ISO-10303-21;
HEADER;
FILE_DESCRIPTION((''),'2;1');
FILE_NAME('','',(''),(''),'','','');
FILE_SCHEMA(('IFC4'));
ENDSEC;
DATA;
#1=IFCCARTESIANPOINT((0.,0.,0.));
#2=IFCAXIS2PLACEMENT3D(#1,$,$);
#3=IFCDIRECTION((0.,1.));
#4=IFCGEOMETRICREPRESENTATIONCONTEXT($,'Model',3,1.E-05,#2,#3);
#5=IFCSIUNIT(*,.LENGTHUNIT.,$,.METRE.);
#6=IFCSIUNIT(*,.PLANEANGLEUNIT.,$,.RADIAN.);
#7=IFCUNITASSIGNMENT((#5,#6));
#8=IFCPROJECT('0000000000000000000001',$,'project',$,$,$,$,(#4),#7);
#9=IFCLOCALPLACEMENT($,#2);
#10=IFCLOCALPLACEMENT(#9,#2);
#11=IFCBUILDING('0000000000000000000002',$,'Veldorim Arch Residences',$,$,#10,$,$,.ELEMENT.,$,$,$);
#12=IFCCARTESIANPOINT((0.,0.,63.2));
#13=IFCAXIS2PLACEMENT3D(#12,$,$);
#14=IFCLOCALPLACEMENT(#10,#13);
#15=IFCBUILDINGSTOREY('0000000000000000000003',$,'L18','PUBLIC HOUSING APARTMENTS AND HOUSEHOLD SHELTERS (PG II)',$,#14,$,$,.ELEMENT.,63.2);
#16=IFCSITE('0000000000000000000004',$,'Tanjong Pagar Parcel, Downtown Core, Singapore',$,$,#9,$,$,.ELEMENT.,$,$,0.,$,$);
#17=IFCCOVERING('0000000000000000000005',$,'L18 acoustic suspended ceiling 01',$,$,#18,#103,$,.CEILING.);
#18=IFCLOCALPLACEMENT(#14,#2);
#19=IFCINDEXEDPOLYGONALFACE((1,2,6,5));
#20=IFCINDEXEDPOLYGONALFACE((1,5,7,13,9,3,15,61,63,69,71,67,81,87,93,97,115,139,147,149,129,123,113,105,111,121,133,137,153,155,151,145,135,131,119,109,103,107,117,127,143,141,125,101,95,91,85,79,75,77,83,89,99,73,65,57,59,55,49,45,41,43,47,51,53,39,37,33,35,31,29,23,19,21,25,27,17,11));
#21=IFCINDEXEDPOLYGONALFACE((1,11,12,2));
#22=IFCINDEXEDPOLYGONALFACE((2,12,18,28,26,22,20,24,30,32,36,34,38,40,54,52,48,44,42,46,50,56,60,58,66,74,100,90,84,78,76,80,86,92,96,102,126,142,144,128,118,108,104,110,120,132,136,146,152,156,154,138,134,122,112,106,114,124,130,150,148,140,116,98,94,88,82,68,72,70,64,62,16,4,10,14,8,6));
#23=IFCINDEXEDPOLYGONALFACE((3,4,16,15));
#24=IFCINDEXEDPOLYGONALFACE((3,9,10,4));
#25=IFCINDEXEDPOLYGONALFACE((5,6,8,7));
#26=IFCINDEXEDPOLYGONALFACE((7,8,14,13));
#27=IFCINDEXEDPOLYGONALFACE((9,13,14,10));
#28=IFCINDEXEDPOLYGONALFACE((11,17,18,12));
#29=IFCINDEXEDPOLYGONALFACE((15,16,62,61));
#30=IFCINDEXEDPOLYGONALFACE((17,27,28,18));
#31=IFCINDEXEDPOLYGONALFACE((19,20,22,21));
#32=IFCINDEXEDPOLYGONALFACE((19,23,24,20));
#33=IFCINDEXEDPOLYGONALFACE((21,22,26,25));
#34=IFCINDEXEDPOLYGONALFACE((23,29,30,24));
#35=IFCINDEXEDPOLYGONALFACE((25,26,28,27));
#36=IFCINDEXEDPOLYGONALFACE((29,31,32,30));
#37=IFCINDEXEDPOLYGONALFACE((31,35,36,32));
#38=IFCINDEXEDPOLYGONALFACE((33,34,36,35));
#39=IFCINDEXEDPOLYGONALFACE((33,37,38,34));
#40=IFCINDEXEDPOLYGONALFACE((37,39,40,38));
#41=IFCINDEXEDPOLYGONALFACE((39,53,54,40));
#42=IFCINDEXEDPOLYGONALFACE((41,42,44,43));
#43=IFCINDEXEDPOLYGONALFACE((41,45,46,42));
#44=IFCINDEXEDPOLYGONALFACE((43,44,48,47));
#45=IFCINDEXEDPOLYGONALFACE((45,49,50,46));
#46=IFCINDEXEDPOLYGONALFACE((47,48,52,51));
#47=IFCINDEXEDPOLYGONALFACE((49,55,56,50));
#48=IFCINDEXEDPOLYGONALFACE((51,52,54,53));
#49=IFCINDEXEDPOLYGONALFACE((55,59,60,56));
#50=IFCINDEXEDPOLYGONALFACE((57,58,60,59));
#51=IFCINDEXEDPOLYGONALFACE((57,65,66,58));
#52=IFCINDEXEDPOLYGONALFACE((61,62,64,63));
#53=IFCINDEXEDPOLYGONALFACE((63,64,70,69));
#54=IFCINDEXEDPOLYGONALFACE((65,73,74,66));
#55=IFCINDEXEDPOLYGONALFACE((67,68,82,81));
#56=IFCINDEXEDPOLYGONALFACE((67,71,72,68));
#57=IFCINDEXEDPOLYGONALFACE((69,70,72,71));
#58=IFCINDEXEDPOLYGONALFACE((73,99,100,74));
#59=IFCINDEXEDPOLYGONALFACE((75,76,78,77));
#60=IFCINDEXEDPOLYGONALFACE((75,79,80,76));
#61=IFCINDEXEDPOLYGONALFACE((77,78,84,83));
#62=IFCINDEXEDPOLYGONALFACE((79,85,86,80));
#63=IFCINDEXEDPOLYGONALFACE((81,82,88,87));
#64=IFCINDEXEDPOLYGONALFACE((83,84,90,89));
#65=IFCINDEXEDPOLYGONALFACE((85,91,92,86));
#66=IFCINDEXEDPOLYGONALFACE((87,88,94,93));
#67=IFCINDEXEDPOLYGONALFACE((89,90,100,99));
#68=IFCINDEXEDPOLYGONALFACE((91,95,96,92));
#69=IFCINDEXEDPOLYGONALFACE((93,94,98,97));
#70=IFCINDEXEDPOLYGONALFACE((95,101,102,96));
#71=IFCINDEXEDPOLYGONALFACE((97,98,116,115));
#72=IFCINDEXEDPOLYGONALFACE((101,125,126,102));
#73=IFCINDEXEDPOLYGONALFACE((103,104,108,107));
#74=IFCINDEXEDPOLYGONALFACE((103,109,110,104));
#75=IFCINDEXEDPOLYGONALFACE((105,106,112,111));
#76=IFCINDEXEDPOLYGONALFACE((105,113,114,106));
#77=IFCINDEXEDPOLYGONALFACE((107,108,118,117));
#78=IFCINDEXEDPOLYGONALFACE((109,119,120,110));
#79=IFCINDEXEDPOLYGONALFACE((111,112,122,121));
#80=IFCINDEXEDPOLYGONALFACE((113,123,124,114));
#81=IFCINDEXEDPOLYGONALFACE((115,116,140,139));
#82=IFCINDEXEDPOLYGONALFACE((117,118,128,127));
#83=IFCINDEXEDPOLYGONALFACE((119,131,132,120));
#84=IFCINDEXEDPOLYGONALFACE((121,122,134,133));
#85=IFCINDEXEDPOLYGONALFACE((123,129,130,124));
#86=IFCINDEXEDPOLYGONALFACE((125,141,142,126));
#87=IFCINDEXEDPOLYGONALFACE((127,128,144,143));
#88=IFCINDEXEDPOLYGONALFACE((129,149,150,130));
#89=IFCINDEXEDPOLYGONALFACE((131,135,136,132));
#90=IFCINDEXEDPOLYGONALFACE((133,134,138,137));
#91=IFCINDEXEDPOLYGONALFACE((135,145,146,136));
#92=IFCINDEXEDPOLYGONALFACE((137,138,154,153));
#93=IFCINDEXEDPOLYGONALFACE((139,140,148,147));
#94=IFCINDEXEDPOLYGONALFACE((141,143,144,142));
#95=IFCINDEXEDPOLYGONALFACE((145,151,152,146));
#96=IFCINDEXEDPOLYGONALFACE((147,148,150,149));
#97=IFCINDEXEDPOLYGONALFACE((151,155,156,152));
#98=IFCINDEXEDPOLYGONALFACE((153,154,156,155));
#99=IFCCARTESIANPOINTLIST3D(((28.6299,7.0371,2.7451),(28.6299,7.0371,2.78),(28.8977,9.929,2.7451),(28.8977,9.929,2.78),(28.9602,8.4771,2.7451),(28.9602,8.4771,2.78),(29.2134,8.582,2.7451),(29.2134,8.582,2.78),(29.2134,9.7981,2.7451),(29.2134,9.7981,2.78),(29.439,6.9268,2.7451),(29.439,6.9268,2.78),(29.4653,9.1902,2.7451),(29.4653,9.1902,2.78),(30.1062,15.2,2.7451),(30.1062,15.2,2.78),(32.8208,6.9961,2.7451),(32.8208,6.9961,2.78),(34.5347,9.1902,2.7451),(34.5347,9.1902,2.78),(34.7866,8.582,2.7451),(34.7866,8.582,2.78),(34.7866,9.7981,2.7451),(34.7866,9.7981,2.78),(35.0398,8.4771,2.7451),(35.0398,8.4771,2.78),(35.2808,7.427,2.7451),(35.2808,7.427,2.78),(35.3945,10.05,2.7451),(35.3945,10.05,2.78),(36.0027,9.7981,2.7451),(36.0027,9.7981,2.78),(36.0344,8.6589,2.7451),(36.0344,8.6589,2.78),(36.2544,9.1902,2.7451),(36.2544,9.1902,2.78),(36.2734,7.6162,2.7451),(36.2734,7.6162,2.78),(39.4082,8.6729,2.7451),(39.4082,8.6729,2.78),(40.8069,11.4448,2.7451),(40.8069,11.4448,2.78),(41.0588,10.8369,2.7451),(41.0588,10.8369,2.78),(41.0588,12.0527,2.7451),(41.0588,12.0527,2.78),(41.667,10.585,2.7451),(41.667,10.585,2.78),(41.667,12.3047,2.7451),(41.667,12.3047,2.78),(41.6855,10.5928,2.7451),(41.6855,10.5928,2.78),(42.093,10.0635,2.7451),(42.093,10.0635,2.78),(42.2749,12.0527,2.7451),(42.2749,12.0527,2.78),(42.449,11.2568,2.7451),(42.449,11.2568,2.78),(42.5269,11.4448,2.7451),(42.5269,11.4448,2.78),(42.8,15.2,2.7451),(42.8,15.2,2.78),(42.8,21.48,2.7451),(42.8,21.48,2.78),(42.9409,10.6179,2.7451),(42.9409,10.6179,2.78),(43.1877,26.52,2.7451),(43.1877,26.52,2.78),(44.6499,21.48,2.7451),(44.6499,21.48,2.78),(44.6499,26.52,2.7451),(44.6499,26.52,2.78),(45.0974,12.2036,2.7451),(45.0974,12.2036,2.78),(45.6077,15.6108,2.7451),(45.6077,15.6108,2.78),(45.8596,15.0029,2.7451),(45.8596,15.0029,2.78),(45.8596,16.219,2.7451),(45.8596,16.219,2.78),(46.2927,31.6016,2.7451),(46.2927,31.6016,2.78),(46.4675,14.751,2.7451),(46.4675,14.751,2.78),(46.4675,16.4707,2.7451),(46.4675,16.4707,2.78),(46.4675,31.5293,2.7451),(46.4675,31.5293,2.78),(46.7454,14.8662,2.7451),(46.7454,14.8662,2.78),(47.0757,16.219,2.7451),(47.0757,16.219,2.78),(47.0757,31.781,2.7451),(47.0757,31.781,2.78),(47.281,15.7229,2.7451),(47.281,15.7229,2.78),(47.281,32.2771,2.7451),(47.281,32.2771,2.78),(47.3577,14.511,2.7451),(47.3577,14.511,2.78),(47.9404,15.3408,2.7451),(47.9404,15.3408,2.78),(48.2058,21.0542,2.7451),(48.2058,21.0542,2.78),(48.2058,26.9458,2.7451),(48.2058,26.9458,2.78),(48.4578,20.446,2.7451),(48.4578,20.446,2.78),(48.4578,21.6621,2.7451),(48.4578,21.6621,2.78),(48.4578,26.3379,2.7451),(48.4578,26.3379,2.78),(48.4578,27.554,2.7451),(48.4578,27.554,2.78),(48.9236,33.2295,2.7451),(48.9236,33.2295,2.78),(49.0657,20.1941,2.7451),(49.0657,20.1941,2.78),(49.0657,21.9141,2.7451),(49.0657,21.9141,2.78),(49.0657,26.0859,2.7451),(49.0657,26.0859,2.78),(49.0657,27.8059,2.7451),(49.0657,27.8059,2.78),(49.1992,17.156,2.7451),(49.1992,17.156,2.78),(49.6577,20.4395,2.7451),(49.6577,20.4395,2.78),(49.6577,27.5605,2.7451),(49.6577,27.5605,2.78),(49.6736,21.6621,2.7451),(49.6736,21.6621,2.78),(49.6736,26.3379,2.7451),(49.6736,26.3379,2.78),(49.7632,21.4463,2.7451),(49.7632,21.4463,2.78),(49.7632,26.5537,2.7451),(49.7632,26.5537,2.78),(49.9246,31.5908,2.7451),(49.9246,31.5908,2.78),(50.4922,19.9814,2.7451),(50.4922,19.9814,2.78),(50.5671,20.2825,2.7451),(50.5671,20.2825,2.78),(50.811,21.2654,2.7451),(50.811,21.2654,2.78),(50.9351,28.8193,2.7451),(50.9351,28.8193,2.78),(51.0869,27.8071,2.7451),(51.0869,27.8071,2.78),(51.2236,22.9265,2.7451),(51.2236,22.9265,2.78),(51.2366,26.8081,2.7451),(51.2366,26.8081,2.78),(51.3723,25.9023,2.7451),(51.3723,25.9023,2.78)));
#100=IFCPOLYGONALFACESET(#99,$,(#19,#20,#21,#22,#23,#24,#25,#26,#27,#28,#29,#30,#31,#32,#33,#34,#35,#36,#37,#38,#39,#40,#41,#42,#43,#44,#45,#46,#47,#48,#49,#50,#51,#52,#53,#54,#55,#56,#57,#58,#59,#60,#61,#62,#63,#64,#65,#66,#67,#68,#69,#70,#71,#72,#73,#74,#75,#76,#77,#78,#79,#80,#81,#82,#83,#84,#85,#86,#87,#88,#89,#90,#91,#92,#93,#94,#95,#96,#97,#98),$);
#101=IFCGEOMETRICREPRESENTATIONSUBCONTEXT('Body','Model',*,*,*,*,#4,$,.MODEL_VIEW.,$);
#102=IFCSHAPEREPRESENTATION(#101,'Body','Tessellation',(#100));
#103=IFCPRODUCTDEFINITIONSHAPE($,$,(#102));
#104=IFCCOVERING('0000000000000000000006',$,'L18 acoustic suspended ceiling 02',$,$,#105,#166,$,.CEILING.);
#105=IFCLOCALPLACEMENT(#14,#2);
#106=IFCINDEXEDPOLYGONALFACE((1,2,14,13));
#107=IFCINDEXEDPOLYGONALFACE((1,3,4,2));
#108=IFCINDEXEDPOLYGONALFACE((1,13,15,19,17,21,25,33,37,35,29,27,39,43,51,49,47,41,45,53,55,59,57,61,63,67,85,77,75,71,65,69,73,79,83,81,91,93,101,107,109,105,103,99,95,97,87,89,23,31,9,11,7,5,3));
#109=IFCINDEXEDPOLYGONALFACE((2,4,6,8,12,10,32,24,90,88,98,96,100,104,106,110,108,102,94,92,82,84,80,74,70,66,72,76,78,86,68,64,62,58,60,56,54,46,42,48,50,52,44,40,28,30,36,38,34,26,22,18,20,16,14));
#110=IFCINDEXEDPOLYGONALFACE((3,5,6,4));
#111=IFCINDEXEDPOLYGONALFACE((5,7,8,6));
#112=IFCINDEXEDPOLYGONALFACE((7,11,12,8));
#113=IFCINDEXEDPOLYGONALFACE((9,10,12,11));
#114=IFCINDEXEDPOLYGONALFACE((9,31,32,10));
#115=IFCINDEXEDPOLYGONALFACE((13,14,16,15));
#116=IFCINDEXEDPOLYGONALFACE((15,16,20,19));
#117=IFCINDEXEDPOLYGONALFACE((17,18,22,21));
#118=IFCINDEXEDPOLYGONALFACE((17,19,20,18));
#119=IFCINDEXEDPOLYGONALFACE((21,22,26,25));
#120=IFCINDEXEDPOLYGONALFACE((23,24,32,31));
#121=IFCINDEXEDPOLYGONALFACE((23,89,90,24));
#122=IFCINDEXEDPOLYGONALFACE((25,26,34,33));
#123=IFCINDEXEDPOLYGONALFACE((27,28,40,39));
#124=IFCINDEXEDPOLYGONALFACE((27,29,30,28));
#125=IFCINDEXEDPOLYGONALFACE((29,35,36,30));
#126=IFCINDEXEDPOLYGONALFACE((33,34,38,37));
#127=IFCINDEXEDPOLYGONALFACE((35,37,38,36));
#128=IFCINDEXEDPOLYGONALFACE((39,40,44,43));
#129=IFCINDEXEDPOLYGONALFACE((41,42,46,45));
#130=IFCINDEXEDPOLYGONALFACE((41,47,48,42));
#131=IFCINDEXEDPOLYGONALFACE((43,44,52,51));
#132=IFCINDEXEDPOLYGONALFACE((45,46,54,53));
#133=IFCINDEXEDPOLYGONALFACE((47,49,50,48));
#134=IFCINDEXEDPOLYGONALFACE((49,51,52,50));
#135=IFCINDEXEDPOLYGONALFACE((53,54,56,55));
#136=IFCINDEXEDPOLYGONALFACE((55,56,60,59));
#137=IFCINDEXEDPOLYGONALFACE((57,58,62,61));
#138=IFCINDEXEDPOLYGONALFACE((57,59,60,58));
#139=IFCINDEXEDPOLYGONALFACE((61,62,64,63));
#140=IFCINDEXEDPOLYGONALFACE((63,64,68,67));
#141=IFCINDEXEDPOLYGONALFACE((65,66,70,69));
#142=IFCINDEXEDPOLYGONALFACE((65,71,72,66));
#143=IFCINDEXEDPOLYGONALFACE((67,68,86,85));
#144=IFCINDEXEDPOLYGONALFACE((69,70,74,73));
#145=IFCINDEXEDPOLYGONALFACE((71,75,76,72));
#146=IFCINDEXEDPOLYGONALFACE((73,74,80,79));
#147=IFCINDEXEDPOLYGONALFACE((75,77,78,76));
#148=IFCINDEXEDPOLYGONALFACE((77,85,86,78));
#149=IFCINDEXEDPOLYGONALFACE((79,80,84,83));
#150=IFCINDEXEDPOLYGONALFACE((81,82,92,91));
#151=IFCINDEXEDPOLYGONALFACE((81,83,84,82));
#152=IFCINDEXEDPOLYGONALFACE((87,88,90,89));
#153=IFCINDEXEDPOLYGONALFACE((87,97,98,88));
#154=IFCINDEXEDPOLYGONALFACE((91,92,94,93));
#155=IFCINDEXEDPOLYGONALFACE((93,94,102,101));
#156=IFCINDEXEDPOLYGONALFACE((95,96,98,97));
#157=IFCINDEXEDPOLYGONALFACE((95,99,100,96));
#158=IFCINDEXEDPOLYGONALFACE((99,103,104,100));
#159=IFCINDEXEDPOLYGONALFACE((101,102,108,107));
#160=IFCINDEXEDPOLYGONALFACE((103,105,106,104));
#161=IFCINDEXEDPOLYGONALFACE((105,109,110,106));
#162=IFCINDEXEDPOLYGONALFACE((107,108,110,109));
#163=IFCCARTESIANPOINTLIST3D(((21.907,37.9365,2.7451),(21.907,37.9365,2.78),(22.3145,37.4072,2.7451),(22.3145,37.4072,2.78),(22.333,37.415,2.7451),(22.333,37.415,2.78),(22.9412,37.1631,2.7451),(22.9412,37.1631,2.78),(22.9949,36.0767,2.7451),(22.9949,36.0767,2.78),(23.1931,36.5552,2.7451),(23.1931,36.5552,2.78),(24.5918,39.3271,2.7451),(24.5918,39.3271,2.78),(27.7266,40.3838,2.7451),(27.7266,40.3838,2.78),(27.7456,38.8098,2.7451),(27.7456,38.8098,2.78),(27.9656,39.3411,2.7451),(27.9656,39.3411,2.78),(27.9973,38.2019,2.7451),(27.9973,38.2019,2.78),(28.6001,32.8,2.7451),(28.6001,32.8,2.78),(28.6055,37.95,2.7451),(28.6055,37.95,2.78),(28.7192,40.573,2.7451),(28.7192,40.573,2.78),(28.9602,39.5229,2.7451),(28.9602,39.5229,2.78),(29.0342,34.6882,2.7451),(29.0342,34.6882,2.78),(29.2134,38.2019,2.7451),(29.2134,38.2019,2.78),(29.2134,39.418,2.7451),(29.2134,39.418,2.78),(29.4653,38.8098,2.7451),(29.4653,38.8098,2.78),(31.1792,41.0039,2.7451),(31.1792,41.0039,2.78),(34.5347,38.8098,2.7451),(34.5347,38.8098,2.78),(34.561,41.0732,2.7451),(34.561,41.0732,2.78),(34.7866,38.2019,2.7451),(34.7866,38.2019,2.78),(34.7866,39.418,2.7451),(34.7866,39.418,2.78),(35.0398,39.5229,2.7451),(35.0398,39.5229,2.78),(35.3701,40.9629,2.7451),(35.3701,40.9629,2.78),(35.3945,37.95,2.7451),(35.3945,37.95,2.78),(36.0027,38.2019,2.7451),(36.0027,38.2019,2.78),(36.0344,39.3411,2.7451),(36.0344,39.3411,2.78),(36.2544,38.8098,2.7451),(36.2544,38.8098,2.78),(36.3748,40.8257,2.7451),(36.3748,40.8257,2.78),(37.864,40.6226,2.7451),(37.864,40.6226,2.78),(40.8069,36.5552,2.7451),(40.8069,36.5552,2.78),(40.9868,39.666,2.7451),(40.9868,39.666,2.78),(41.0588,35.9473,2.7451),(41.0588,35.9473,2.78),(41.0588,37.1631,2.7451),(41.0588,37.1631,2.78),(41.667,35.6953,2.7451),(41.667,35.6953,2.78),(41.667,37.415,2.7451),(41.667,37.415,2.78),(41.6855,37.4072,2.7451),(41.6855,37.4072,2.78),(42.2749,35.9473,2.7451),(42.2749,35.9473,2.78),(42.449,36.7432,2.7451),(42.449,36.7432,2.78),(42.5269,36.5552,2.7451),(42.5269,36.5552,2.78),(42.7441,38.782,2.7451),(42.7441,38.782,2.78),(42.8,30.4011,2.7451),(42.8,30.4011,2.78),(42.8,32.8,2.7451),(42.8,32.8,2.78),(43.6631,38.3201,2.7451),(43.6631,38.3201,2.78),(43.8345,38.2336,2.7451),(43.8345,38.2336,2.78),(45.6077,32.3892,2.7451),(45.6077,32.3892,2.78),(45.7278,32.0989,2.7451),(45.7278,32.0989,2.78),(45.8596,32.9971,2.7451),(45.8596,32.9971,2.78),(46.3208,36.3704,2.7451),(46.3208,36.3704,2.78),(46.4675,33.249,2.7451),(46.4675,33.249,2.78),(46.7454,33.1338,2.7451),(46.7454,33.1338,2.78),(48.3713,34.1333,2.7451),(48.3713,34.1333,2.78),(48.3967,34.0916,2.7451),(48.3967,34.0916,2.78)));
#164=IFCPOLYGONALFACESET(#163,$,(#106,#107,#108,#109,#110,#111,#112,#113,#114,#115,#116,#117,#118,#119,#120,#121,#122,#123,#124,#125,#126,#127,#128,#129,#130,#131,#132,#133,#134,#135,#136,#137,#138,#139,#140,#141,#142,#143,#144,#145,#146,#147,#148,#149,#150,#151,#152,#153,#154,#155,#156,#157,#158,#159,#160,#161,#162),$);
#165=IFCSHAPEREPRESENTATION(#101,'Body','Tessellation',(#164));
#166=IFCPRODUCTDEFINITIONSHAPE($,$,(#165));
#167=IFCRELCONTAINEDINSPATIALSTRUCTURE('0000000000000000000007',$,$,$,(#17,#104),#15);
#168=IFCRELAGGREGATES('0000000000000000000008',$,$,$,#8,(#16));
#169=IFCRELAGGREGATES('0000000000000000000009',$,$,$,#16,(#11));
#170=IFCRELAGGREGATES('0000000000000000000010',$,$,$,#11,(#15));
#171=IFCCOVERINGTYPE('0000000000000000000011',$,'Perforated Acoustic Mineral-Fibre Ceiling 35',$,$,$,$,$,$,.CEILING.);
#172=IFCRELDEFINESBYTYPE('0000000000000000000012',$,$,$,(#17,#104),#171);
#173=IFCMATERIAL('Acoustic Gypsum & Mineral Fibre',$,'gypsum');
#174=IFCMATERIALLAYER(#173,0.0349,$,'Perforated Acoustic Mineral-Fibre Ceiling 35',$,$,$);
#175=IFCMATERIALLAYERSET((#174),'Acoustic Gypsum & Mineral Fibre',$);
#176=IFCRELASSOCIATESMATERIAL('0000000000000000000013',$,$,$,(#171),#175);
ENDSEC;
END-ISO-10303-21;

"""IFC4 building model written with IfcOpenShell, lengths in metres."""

from ifc_helpers import new_model, si_unit, direction, frame, origin, place, context, subcontext, project, spatial, polyline, outline, extrude, material, layer, layer_set, type_object, element, save


model = new_model("IFC4")

# Units and contexts
model_context = context("Model", 3, precision=1e-05, world=origin(), true_north=direction((0.0, 1.0)))
body_context = subcontext(model_context, "Body", "Model", "MODEL_VIEW")
ifc_project = project(units=[si_unit("LENGTHUNIT", "METRE"), si_unit("PLANEANGLEUNIT", "RADIAN")], contexts=[model_context])

# Site, building, storey
site_placement = place(None, origin())
site = spatial("IfcSite", under=ifc_project, at=site_placement, Name="Tanjong Pagar Parcel, Downtown Core, Singapore", CompositionType="ELEMENT", RefElevation=0.0)
building_placement = place(site_placement, origin())
building = spatial("IfcBuilding", under=site, at=building_placement, Name="Veldorim Arch Residences", CompositionType="ELEMENT")
storey_placement = place(building_placement, frame((0.0, 0.0, 63.2)))
storey = spatial("IfcBuildingStorey", under=building, at=storey_placement, Name="L18", Description="PUBLIC HOUSING APARTMENTS AND HOUSEHOLD SHELTERS (PG II)", CompositionType="ELEMENT", Elevation=63.2)

# Coverings
ifc_material_1 = material(Name="Acoustic Gypsum & Mineral Fibre", Category="gypsum")
ifc_layer_1 = layer(ifc_material_1, 0.0349, Name="Perforated Acoustic Mineral-Fibre Ceiling 35")
ifc_layer_set_1 = layer_set([ifc_layer_1], Name="Acoustic Gypsum & Mineral Fibre")
covering_type_1 = type_object("IfcCoveringType", Name="Perforated Acoustic Mineral-Fibre Ceiling 35", PredefinedType="CEILING", material=ifc_layer_set_1)
covering_1_placement = place(storey_placement, frame((0.0, 0.0, 2.7451)))
element("IfcCovering", 1, at=covering_1_placement, inside=storey, type_object=covering_type_1, Name="L18 acoustic suspended ceiling 01", PredefinedType="CEILING", context=body_context, shape_type="SweptSolid", body=[
    extrude(outline(polyline([(36.2544, 9.1902), (36.0027, 9.7981), (35.3945, 10.05), (34.7866, 9.7981), (34.5347, 9.1902), (34.7866, 8.582), (35.0398, 8.4771), (35.2808, 7.427), (32.8208, 6.9961), (29.439, 6.9268), (28.6299, 7.0371), (28.9602, 8.4771), (29.2134, 8.582), (29.4653, 9.1902), (29.2134, 9.7981), (28.8977, 9.929), (30.1062, 15.2), (42.8, 15.2), (42.8, 21.48), (44.6499, 21.48), (44.6499, 26.52), (43.1877, 26.52), (46.2927, 31.6016), (46.4675, 31.5293), (47.0757, 31.781), (47.281, 32.2771), (48.9236, 33.2295), (49.9246, 31.5908), (50.9351, 28.8193), (51.0869, 27.8071), (49.6577, 27.5605), (49.0657, 27.8059), (48.4578, 27.554), (48.2058, 26.9458), (48.4578, 26.3379), (49.0657, 26.0859), (49.6736, 26.3379), (49.7632, 26.5537), (51.2366, 26.8081), (51.3723, 25.9023), (51.2236, 22.9265), (50.811, 21.2654), (49.7632, 21.4463), (49.6736, 21.6621), (49.0657, 21.9141), (48.4578, 21.6621), (48.2058, 21.0542), (48.4578, 20.446), (49.0657, 20.1941), (49.6577, 20.4395), (50.5671, 20.2825), (50.4922, 19.9814), (49.1992, 17.156), (47.9404, 15.3408), (47.281, 15.7229), (47.0757, 16.219), (46.4675, 16.4707), (45.8596, 16.219), (45.6077, 15.6108), (45.8596, 15.0029), (46.4675, 14.751), (46.7454, 14.8662), (47.3577, 14.511), (45.0974, 12.2036), (42.9409, 10.6179), (42.449, 11.2568), (42.5269, 11.4448), (42.2749, 12.0527), (41.667, 12.3047), (41.0588, 12.0527), (40.8069, 11.4448), (41.0588, 10.8369), (41.667, 10.585), (41.6855, 10.5928), (42.093, 10.0635), (39.4082, 8.6729), (36.2734, 7.6162), (36.0344, 8.6589), (36.2544, 9.1902)])), origin(), (0.0, 0.0, 1.0), 0.0349),
])
covering_2_placement = place(storey_placement, frame((0.0, 0.0, 2.7451)))
element("IfcCovering", 2, at=covering_2_placement, inside=storey, type_object=covering_type_1, Name="L18 acoustic suspended ceiling 02", PredefinedType="CEILING", context=body_context, shape_type="SweptSolid", body=[
    extrude(outline(polyline([(21.907, 37.9365), (24.5918, 39.3271), (27.7266, 40.3838), (27.9656, 39.3411), (27.7456, 38.8098), (27.9973, 38.2019), (28.6055, 37.95), (29.2134, 38.2019), (29.4653, 38.8098), (29.2134, 39.418), (28.9602, 39.5229), (28.7192, 40.573), (31.1792, 41.0039), (34.561, 41.0732), (35.3701, 40.9629), (35.0398, 39.5229), (34.7866, 39.418), (34.5347, 38.8098), (34.7866, 38.2019), (35.3945, 37.95), (36.0027, 38.2019), (36.2544, 38.8098), (36.0344, 39.3411), (36.3748, 40.8257), (37.864, 40.6226), (40.9868, 39.666), (42.7441, 38.782), (41.6855, 37.4072), (41.667, 37.415), (41.0588, 37.1631), (40.8069, 36.5552), (41.0588, 35.9473), (41.667, 35.6953), (42.2749, 35.9473), (42.5269, 36.5552), (42.449, 36.7432), (43.6631, 38.3201), (43.8345, 38.2336), (46.3208, 36.3704), (48.3713, 34.1333), (48.3967, 34.0916), (46.7454, 33.1338), (46.4675, 33.249), (45.8596, 32.9971), (45.6077, 32.3892), (45.7278, 32.0989), (42.8, 30.4011), (42.8, 32.8), (28.6001, 32.8), (29.0342, 34.6882), (22.9949, 36.0767), (23.1931, 36.5552), (22.9412, 37.1631), (22.333, 37.415), (22.3145, 37.4072), (21.907, 37.9365)])), origin(), (0.0, 0.0, 1.0), 0.0349),
])

save(model, "model.ifc")
